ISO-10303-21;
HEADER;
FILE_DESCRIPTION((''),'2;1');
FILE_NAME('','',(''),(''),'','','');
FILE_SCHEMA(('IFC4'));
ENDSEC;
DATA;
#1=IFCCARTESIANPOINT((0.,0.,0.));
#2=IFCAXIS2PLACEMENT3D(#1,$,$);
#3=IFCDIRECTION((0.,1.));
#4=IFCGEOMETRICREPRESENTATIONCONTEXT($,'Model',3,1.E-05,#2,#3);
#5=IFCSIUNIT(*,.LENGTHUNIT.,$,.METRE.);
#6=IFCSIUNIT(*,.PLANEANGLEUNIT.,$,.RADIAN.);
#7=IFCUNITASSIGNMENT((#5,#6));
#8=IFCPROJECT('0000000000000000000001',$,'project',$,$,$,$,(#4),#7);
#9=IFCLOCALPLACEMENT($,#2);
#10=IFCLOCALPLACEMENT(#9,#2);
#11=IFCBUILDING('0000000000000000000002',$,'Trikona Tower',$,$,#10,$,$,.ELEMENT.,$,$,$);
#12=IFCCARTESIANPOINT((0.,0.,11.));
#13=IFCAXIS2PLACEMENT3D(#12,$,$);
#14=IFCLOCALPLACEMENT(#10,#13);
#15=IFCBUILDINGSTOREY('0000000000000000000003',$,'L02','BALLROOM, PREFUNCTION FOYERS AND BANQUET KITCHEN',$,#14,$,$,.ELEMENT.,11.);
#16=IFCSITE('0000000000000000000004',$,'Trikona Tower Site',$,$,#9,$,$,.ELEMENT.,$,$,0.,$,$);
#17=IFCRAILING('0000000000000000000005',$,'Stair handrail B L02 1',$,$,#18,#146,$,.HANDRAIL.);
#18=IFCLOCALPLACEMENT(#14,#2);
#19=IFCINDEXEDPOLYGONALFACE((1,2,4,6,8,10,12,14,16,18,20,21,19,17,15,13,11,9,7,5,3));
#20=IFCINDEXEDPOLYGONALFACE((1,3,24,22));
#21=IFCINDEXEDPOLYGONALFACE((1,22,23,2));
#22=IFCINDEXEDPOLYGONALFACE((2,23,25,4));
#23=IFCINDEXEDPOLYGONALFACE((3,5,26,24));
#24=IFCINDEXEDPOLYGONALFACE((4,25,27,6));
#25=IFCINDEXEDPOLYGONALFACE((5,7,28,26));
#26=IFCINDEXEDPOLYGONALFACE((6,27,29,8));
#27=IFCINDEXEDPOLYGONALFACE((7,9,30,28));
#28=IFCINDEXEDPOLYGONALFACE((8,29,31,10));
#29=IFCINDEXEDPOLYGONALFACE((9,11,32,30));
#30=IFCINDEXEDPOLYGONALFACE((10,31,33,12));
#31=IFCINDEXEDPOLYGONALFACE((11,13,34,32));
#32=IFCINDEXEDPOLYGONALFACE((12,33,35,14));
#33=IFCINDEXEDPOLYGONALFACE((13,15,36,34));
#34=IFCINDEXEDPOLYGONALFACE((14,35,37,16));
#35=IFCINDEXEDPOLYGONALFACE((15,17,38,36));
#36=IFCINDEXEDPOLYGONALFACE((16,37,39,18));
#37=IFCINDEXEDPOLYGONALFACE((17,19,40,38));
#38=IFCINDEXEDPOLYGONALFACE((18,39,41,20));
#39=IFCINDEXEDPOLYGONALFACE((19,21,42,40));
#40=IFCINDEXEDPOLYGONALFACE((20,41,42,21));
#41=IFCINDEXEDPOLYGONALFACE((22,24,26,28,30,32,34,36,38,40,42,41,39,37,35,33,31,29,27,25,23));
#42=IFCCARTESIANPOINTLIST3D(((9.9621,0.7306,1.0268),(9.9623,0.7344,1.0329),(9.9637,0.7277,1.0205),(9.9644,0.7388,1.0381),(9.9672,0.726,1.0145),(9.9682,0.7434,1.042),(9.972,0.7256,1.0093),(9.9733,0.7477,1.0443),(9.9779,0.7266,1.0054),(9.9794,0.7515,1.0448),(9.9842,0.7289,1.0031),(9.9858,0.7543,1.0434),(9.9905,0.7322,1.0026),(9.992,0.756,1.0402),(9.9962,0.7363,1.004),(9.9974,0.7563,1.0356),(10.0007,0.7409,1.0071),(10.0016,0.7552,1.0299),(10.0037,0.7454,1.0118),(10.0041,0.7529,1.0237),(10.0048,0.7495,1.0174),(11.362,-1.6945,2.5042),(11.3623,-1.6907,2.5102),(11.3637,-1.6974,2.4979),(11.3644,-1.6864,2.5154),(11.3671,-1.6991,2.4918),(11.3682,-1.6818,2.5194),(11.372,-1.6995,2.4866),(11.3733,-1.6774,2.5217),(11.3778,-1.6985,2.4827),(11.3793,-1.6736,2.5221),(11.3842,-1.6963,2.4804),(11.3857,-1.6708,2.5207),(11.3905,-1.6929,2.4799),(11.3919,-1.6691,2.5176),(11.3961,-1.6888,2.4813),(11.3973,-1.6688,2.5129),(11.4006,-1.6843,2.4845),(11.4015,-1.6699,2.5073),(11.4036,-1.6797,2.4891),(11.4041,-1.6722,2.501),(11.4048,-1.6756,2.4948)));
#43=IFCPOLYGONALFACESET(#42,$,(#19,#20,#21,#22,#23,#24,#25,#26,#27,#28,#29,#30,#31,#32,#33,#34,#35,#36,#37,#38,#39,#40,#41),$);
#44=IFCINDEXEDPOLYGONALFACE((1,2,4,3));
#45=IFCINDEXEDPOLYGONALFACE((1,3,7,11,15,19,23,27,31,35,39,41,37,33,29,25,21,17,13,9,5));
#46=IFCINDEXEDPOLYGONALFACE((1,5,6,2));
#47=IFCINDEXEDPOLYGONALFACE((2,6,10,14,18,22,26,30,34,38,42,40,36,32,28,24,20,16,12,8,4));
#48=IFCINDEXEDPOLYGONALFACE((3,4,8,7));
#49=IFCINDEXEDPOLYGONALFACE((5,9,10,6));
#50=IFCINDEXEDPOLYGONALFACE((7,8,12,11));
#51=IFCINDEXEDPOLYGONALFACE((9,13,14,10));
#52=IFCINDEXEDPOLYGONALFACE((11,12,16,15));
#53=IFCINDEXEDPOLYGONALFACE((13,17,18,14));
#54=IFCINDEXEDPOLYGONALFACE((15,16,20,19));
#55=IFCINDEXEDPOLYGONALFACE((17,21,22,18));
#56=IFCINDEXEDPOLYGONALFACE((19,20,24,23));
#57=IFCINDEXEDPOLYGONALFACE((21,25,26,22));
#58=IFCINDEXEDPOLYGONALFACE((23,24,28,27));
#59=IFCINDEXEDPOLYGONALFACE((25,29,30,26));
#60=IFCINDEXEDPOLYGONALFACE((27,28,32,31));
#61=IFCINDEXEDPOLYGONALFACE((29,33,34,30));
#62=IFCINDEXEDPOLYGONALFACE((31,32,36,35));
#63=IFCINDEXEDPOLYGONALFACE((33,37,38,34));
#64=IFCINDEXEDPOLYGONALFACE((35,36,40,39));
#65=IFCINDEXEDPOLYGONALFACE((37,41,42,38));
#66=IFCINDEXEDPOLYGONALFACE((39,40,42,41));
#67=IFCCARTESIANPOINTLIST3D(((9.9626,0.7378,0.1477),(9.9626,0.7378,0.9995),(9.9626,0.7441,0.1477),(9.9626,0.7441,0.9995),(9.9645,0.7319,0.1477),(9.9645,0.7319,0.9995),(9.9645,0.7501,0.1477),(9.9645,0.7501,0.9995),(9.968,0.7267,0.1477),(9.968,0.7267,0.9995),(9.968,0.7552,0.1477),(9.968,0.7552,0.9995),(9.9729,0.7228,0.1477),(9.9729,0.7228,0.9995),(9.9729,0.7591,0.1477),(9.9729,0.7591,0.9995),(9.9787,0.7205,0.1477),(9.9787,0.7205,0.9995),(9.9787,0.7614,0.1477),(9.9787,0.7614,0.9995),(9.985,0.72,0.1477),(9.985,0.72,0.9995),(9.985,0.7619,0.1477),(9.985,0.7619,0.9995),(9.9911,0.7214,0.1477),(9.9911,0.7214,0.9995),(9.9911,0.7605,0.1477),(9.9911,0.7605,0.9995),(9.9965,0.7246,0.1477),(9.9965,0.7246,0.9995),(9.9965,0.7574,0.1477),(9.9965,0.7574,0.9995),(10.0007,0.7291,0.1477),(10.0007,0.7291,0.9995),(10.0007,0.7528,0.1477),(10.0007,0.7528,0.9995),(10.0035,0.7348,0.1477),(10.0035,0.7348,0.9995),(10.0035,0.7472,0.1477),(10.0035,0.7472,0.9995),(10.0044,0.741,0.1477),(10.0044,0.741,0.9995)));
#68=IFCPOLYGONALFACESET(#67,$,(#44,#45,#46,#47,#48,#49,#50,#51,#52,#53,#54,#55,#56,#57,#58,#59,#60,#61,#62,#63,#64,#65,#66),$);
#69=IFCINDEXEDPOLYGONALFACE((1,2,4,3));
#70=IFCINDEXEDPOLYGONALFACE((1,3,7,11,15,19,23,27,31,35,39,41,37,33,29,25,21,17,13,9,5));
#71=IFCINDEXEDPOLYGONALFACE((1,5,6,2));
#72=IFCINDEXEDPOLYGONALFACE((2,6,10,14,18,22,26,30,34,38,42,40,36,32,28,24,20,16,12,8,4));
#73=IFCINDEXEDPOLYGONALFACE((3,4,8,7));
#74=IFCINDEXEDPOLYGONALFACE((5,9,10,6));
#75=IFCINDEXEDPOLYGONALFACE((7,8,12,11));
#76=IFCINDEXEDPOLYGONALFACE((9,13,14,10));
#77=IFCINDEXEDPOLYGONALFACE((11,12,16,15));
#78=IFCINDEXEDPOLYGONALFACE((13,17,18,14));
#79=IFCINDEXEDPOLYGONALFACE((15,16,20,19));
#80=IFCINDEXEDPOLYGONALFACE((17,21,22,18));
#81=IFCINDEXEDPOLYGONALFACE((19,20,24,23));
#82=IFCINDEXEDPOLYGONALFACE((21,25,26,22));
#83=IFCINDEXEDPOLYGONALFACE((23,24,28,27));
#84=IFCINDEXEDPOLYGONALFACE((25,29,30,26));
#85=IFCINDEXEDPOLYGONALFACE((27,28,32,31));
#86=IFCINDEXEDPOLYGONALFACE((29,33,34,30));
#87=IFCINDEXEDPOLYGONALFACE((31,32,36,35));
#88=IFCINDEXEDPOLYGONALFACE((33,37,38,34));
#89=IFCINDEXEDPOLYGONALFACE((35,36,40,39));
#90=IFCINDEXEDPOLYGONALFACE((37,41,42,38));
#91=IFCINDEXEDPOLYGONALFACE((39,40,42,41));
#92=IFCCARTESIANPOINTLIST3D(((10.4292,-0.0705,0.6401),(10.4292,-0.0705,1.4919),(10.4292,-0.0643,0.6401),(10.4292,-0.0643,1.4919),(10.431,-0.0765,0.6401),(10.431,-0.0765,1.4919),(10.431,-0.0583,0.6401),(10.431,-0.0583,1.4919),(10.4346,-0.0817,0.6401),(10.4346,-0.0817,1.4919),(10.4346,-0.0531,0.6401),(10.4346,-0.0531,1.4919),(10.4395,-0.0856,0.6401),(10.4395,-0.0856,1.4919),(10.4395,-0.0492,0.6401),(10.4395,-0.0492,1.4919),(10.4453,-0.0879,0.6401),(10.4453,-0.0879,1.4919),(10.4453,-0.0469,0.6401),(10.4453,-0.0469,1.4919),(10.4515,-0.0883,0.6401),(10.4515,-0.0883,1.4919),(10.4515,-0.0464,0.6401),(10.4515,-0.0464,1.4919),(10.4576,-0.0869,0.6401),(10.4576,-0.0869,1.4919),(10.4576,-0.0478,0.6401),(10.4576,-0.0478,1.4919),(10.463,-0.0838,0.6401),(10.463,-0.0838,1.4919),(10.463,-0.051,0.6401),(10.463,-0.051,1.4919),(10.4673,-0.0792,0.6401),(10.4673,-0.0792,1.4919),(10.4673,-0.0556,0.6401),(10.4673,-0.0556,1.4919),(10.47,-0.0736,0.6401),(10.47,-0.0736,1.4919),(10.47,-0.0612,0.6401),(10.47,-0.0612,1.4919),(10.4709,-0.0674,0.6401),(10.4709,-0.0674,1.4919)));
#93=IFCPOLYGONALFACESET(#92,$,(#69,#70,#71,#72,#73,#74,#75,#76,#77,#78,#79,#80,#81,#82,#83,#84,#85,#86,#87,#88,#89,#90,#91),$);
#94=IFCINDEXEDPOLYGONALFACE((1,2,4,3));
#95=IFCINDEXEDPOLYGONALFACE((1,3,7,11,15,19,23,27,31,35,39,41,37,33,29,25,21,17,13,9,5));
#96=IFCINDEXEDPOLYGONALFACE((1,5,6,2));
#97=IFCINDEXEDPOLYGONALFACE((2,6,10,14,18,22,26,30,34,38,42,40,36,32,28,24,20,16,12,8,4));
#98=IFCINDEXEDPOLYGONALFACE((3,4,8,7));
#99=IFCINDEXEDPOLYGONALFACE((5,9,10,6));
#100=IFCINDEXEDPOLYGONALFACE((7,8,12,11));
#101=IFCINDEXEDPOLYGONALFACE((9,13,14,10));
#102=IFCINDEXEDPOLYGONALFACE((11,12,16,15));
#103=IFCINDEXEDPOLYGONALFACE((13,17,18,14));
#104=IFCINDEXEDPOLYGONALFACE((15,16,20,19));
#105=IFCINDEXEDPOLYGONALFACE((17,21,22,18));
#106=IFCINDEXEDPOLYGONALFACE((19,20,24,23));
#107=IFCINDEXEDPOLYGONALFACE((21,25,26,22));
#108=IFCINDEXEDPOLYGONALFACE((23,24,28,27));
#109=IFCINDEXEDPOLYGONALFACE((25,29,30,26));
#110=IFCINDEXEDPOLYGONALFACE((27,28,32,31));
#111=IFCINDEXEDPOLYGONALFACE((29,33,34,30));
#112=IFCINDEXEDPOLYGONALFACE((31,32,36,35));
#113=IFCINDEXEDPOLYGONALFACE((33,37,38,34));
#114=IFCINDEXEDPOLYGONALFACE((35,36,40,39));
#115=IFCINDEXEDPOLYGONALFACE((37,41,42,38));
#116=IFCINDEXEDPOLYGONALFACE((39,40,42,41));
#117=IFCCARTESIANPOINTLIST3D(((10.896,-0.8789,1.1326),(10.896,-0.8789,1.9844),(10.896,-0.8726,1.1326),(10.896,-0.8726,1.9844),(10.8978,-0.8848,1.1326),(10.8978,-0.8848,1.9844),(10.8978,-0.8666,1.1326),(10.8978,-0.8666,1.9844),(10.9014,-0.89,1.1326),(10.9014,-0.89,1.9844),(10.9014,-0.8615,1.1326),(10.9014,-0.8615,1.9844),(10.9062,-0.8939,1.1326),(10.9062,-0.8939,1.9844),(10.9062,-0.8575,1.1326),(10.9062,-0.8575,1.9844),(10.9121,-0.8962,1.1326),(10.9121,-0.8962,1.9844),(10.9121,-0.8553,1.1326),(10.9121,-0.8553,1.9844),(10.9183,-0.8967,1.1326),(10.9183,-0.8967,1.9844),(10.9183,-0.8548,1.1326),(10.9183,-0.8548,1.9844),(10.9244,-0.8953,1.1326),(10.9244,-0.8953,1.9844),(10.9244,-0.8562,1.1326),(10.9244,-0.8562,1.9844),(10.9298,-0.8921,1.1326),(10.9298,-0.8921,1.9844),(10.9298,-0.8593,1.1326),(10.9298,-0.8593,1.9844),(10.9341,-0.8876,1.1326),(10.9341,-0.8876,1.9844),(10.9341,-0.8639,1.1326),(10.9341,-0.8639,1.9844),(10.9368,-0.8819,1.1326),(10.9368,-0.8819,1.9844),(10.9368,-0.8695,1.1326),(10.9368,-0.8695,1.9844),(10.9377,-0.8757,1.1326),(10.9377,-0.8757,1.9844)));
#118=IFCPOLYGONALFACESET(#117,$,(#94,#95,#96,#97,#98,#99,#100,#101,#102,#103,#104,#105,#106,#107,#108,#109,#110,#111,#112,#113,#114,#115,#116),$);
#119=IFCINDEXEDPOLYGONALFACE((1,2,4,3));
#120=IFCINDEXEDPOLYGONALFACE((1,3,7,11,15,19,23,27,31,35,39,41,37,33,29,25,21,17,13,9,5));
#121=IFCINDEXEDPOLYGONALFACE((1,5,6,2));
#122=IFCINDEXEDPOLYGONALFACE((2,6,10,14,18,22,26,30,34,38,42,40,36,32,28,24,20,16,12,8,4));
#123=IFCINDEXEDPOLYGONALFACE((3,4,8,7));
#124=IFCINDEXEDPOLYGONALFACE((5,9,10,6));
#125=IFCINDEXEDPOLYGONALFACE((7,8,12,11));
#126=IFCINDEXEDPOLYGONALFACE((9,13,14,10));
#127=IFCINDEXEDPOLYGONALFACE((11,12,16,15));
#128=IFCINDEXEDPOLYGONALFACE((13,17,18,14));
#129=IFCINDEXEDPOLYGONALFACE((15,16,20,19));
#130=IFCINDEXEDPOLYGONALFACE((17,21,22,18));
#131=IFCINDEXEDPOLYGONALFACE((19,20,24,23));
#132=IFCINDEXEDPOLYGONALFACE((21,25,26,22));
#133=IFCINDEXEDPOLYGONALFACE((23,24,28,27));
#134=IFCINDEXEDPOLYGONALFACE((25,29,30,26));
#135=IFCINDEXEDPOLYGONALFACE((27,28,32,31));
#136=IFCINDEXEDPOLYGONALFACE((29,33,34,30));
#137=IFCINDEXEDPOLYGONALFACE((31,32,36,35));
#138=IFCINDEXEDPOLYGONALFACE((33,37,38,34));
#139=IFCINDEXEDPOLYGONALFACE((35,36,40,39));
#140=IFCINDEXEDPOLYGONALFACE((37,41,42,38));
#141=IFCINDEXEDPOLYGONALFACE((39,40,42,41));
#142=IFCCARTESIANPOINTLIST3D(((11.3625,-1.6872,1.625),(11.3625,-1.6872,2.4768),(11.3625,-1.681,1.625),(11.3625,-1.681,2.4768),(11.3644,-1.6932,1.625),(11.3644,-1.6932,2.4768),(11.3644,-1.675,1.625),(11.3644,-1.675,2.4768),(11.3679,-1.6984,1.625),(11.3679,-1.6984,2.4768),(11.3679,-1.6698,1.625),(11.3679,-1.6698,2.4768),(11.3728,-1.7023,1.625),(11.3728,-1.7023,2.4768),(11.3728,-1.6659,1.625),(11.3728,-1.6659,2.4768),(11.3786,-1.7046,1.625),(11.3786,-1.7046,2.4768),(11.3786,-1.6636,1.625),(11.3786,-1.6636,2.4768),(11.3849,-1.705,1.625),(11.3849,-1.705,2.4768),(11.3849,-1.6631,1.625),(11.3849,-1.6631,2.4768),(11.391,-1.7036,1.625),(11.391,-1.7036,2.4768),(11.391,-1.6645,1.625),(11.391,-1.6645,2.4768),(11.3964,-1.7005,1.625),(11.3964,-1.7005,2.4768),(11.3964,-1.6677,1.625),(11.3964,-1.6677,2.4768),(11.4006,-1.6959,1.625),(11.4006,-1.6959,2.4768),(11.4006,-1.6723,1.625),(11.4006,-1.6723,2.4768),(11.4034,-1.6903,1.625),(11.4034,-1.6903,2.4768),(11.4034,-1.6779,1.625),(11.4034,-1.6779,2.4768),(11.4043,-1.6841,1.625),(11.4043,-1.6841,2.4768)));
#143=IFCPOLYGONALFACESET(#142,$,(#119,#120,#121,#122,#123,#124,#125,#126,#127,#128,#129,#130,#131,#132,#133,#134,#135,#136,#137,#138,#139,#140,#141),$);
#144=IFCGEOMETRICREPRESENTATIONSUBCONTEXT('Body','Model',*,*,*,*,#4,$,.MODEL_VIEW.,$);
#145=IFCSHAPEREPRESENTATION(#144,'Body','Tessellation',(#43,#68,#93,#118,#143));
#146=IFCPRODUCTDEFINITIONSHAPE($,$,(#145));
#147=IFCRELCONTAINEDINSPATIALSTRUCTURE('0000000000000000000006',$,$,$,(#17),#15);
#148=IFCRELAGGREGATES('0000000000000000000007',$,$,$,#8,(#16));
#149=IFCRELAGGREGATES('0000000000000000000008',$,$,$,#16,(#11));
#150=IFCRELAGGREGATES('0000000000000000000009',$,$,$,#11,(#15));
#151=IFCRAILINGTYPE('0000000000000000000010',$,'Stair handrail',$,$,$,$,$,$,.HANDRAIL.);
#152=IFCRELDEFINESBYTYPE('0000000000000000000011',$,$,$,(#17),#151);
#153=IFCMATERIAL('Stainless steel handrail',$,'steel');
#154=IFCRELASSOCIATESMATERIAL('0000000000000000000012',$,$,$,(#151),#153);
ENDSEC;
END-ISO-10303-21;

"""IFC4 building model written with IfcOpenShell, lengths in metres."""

from ifc_helpers import new_model, si_unit, direction, frame, origin, origin_2d, place, context, subcontext, project, spatial, circle, extrude, material, type_object, element, save


model = new_model("IFC4")

# Units and contexts
model_context = context("Model", 3, precision=1e-05, world=origin(), true_north=direction((0.0, 1.0)))
body_context = subcontext(model_context, "Body", "Model", "MODEL_VIEW")
ifc_project = project(units=[si_unit("LENGTHUNIT", "METRE"), si_unit("PLANEANGLEUNIT", "RADIAN")], contexts=[model_context])

# Site, building, storey
site_placement = place(None, origin())
site = spatial("IfcSite", under=ifc_project, at=site_placement, Name="Trikona Tower Site", CompositionType="ELEMENT", RefElevation=0.0)
building_placement = place(site_placement, origin())
building = spatial("IfcBuilding", under=site, at=building_placement, Name="Trikona Tower", CompositionType="ELEMENT")
storey_placement = place(building_placement, frame((0.0, 0.0, 11.0)))
storey = spatial("IfcBuildingStorey", under=building, at=storey_placement, Name="L02", Description="BALLROOM, PREFUNCTION FOYERS AND BANQUET KITCHEN", CompositionType="ELEMENT", Elevation=11.0)

# Railing
ifc_material_1 = material(Name="Stainless steel handrail", Category="steel")
railing_type_1 = type_object("IfcRailingType", Name="Stair handrail", PredefinedType="HANDRAIL", material=ifc_material_1)
for number, where, name in (
    (1, (9.9834, 0.741, 0.1477), "Stair handrail B L02 1"),
):
    element("IfcRailing", number, at=place(storey_placement, frame(where)), inside=storey, type_object=railing_type_1, Name=name, PredefinedType="HANDRAIL", context=body_context, shape_type="SweptSolid", body=[
        extrude(circle(Radius=0.0239, at=origin_2d()), frame((0.0, 0.0, 0.876), z_axis=(0.44218, -0.765988, 0.466626), x_axis=(0.866056, 0.499946, 0.0)), (0.0, 0.0, 1.0), 3.166),
        extrude(circle(Radius=0.021, at=origin_2d()), origin(), (0.0, 0.0, 1.0), 0.8518),
        extrude(circle(Radius=0.021, at=origin_2d()), frame((0.4666, -0.8083, 0.4924)), (0.0, 0.0, 1.0), 0.8518),
        extrude(circle(Radius=0.021, at=origin_2d()), frame((0.9333, -1.6167, 0.9849)), (0.0, 0.0, 1.0), 0.8518),
        extrude(circle(Radius=0.021, at=origin_2d()), frame((1.3999, -2.425, 1.4773)), (0.0, 0.0, 1.0), 0.8518),
    ])

save(model, "model.ifc")
